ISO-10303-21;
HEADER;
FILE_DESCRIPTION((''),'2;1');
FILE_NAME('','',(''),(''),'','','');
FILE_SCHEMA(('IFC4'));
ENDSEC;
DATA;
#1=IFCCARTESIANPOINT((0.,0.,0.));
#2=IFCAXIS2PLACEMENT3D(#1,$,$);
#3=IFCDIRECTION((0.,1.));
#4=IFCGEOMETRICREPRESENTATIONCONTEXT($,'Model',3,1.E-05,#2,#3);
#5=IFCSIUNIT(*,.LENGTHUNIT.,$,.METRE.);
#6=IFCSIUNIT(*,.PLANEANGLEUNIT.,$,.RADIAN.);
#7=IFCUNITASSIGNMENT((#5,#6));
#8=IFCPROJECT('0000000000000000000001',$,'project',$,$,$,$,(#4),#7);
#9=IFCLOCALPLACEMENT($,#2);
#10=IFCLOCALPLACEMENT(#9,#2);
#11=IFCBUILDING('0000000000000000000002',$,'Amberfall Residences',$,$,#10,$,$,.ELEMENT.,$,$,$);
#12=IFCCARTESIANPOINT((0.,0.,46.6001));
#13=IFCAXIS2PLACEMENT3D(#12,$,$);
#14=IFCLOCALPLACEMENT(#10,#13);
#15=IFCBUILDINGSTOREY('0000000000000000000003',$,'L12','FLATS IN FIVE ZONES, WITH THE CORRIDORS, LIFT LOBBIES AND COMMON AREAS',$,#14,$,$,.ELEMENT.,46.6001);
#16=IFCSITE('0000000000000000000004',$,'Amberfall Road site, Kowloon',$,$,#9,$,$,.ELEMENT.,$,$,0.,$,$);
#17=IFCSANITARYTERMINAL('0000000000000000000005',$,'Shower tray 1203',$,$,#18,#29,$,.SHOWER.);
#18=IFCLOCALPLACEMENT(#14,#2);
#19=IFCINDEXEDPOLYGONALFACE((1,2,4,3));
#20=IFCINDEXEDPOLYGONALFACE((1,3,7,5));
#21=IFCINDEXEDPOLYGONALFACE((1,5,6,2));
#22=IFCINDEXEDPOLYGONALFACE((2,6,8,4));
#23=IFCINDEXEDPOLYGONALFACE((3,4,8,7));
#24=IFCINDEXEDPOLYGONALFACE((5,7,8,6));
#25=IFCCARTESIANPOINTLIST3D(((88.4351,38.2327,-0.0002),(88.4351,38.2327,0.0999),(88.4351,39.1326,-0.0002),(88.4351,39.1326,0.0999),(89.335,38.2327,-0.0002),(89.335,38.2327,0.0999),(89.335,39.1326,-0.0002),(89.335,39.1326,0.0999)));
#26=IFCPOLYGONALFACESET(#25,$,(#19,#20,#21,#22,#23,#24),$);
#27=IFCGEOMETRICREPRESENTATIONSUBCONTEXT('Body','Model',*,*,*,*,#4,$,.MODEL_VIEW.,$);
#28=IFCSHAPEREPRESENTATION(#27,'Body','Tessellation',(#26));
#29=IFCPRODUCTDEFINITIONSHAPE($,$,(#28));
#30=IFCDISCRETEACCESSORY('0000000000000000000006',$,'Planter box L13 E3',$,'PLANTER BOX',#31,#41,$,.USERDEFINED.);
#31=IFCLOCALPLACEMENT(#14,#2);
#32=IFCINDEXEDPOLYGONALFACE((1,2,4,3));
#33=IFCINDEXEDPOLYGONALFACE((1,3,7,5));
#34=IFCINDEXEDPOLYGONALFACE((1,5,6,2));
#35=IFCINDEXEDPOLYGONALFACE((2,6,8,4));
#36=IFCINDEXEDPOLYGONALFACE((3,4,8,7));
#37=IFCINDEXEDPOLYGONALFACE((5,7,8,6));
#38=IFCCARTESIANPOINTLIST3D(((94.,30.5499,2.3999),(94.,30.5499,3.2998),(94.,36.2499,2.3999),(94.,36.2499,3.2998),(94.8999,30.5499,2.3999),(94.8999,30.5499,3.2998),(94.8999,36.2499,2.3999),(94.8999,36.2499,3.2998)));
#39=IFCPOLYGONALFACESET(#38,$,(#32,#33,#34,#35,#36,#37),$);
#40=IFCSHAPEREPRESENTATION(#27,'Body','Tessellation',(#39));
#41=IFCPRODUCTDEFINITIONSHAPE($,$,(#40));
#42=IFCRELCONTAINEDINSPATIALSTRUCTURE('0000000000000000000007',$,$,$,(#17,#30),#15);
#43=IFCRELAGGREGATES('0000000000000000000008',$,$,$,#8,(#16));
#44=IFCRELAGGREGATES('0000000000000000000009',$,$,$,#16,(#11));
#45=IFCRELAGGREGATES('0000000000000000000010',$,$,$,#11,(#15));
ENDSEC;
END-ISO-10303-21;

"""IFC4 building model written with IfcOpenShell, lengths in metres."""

from ifc_helpers import new_model, si_unit, direction, frame, origin, origin_2d, place, context, subcontext, project, spatial, rectangle, extrude, element, save


model = new_model("IFC4")

# Units and contexts
model_context = context("Model", 3, precision=1e-05, world=origin(), true_north=direction((0.0, 1.0)))
body_context = subcontext(model_context, "Body", "Model", "MODEL_VIEW")
ifc_project = project(units=[si_unit("LENGTHUNIT", "METRE"), si_unit("PLANEANGLEUNIT", "RADIAN")], contexts=[model_context])

# Site, building, storey
site_placement = place(None, origin())
site = spatial("IfcSite", under=ifc_project, at=site_placement, Name="Amberfall Road site, Kowloon", CompositionType="ELEMENT", RefElevation=0.0)
building_placement = place(site_placement, origin())
building = spatial("IfcBuilding", under=site, at=building_placement, Name="Amberfall Residences", CompositionType="ELEMENT")
storey_placement = place(building_placement, frame((0.0, 0.0, 46.6001)))
storey = spatial("IfcBuildingStorey", under=building, at=storey_placement, Name="L12", Description="FLATS IN FIVE ZONES, WITH THE CORRIDORS, LIFT LOBBIES AND COMMON AREAS", CompositionType="ELEMENT", Elevation=46.6001)

# Sanitary terminal
sanitary_terminal_1_placement = place(storey_placement, frame((88.885, 38.6826, -0.0002), z_axis=(0.0, 0.0, 1.0), x_axis=(1.0, 0.0, 0.0)))
element("IfcSanitaryTerminal", 1, at=sanitary_terminal_1_placement, inside=storey, Name="Shower tray 1203", PredefinedType="SHOWER", context=body_context, shape_type="SweptSolid", body=[
    extrude(rectangle(XDim=0.8999, YDim=0.8999, at=origin_2d()), origin(), (0.0, 0.0, 1.0), 0.1001),
])

# Discrete accessory
discrete_accessory_placement = place(storey_placement, frame((94.45, 33.3999, 2.3999), z_axis=(0.0, 0.0, 1.0), x_axis=(0.0, 1.0, 0.0)))
element("IfcDiscreteAccessory", 2, at=discrete_accessory_placement, inside=storey, Name="Planter box L13 E3", ObjectType="PLANTER BOX", PredefinedType="USERDEFINED", context=body_context, shape_type="SweptSolid", body=[
    extrude(rectangle(XDim=5.7, YDim=0.8999, at=origin_2d()), origin(), (0.0, 0.0, 1.0), 0.8999),
])

save(model, "model.ifc")
